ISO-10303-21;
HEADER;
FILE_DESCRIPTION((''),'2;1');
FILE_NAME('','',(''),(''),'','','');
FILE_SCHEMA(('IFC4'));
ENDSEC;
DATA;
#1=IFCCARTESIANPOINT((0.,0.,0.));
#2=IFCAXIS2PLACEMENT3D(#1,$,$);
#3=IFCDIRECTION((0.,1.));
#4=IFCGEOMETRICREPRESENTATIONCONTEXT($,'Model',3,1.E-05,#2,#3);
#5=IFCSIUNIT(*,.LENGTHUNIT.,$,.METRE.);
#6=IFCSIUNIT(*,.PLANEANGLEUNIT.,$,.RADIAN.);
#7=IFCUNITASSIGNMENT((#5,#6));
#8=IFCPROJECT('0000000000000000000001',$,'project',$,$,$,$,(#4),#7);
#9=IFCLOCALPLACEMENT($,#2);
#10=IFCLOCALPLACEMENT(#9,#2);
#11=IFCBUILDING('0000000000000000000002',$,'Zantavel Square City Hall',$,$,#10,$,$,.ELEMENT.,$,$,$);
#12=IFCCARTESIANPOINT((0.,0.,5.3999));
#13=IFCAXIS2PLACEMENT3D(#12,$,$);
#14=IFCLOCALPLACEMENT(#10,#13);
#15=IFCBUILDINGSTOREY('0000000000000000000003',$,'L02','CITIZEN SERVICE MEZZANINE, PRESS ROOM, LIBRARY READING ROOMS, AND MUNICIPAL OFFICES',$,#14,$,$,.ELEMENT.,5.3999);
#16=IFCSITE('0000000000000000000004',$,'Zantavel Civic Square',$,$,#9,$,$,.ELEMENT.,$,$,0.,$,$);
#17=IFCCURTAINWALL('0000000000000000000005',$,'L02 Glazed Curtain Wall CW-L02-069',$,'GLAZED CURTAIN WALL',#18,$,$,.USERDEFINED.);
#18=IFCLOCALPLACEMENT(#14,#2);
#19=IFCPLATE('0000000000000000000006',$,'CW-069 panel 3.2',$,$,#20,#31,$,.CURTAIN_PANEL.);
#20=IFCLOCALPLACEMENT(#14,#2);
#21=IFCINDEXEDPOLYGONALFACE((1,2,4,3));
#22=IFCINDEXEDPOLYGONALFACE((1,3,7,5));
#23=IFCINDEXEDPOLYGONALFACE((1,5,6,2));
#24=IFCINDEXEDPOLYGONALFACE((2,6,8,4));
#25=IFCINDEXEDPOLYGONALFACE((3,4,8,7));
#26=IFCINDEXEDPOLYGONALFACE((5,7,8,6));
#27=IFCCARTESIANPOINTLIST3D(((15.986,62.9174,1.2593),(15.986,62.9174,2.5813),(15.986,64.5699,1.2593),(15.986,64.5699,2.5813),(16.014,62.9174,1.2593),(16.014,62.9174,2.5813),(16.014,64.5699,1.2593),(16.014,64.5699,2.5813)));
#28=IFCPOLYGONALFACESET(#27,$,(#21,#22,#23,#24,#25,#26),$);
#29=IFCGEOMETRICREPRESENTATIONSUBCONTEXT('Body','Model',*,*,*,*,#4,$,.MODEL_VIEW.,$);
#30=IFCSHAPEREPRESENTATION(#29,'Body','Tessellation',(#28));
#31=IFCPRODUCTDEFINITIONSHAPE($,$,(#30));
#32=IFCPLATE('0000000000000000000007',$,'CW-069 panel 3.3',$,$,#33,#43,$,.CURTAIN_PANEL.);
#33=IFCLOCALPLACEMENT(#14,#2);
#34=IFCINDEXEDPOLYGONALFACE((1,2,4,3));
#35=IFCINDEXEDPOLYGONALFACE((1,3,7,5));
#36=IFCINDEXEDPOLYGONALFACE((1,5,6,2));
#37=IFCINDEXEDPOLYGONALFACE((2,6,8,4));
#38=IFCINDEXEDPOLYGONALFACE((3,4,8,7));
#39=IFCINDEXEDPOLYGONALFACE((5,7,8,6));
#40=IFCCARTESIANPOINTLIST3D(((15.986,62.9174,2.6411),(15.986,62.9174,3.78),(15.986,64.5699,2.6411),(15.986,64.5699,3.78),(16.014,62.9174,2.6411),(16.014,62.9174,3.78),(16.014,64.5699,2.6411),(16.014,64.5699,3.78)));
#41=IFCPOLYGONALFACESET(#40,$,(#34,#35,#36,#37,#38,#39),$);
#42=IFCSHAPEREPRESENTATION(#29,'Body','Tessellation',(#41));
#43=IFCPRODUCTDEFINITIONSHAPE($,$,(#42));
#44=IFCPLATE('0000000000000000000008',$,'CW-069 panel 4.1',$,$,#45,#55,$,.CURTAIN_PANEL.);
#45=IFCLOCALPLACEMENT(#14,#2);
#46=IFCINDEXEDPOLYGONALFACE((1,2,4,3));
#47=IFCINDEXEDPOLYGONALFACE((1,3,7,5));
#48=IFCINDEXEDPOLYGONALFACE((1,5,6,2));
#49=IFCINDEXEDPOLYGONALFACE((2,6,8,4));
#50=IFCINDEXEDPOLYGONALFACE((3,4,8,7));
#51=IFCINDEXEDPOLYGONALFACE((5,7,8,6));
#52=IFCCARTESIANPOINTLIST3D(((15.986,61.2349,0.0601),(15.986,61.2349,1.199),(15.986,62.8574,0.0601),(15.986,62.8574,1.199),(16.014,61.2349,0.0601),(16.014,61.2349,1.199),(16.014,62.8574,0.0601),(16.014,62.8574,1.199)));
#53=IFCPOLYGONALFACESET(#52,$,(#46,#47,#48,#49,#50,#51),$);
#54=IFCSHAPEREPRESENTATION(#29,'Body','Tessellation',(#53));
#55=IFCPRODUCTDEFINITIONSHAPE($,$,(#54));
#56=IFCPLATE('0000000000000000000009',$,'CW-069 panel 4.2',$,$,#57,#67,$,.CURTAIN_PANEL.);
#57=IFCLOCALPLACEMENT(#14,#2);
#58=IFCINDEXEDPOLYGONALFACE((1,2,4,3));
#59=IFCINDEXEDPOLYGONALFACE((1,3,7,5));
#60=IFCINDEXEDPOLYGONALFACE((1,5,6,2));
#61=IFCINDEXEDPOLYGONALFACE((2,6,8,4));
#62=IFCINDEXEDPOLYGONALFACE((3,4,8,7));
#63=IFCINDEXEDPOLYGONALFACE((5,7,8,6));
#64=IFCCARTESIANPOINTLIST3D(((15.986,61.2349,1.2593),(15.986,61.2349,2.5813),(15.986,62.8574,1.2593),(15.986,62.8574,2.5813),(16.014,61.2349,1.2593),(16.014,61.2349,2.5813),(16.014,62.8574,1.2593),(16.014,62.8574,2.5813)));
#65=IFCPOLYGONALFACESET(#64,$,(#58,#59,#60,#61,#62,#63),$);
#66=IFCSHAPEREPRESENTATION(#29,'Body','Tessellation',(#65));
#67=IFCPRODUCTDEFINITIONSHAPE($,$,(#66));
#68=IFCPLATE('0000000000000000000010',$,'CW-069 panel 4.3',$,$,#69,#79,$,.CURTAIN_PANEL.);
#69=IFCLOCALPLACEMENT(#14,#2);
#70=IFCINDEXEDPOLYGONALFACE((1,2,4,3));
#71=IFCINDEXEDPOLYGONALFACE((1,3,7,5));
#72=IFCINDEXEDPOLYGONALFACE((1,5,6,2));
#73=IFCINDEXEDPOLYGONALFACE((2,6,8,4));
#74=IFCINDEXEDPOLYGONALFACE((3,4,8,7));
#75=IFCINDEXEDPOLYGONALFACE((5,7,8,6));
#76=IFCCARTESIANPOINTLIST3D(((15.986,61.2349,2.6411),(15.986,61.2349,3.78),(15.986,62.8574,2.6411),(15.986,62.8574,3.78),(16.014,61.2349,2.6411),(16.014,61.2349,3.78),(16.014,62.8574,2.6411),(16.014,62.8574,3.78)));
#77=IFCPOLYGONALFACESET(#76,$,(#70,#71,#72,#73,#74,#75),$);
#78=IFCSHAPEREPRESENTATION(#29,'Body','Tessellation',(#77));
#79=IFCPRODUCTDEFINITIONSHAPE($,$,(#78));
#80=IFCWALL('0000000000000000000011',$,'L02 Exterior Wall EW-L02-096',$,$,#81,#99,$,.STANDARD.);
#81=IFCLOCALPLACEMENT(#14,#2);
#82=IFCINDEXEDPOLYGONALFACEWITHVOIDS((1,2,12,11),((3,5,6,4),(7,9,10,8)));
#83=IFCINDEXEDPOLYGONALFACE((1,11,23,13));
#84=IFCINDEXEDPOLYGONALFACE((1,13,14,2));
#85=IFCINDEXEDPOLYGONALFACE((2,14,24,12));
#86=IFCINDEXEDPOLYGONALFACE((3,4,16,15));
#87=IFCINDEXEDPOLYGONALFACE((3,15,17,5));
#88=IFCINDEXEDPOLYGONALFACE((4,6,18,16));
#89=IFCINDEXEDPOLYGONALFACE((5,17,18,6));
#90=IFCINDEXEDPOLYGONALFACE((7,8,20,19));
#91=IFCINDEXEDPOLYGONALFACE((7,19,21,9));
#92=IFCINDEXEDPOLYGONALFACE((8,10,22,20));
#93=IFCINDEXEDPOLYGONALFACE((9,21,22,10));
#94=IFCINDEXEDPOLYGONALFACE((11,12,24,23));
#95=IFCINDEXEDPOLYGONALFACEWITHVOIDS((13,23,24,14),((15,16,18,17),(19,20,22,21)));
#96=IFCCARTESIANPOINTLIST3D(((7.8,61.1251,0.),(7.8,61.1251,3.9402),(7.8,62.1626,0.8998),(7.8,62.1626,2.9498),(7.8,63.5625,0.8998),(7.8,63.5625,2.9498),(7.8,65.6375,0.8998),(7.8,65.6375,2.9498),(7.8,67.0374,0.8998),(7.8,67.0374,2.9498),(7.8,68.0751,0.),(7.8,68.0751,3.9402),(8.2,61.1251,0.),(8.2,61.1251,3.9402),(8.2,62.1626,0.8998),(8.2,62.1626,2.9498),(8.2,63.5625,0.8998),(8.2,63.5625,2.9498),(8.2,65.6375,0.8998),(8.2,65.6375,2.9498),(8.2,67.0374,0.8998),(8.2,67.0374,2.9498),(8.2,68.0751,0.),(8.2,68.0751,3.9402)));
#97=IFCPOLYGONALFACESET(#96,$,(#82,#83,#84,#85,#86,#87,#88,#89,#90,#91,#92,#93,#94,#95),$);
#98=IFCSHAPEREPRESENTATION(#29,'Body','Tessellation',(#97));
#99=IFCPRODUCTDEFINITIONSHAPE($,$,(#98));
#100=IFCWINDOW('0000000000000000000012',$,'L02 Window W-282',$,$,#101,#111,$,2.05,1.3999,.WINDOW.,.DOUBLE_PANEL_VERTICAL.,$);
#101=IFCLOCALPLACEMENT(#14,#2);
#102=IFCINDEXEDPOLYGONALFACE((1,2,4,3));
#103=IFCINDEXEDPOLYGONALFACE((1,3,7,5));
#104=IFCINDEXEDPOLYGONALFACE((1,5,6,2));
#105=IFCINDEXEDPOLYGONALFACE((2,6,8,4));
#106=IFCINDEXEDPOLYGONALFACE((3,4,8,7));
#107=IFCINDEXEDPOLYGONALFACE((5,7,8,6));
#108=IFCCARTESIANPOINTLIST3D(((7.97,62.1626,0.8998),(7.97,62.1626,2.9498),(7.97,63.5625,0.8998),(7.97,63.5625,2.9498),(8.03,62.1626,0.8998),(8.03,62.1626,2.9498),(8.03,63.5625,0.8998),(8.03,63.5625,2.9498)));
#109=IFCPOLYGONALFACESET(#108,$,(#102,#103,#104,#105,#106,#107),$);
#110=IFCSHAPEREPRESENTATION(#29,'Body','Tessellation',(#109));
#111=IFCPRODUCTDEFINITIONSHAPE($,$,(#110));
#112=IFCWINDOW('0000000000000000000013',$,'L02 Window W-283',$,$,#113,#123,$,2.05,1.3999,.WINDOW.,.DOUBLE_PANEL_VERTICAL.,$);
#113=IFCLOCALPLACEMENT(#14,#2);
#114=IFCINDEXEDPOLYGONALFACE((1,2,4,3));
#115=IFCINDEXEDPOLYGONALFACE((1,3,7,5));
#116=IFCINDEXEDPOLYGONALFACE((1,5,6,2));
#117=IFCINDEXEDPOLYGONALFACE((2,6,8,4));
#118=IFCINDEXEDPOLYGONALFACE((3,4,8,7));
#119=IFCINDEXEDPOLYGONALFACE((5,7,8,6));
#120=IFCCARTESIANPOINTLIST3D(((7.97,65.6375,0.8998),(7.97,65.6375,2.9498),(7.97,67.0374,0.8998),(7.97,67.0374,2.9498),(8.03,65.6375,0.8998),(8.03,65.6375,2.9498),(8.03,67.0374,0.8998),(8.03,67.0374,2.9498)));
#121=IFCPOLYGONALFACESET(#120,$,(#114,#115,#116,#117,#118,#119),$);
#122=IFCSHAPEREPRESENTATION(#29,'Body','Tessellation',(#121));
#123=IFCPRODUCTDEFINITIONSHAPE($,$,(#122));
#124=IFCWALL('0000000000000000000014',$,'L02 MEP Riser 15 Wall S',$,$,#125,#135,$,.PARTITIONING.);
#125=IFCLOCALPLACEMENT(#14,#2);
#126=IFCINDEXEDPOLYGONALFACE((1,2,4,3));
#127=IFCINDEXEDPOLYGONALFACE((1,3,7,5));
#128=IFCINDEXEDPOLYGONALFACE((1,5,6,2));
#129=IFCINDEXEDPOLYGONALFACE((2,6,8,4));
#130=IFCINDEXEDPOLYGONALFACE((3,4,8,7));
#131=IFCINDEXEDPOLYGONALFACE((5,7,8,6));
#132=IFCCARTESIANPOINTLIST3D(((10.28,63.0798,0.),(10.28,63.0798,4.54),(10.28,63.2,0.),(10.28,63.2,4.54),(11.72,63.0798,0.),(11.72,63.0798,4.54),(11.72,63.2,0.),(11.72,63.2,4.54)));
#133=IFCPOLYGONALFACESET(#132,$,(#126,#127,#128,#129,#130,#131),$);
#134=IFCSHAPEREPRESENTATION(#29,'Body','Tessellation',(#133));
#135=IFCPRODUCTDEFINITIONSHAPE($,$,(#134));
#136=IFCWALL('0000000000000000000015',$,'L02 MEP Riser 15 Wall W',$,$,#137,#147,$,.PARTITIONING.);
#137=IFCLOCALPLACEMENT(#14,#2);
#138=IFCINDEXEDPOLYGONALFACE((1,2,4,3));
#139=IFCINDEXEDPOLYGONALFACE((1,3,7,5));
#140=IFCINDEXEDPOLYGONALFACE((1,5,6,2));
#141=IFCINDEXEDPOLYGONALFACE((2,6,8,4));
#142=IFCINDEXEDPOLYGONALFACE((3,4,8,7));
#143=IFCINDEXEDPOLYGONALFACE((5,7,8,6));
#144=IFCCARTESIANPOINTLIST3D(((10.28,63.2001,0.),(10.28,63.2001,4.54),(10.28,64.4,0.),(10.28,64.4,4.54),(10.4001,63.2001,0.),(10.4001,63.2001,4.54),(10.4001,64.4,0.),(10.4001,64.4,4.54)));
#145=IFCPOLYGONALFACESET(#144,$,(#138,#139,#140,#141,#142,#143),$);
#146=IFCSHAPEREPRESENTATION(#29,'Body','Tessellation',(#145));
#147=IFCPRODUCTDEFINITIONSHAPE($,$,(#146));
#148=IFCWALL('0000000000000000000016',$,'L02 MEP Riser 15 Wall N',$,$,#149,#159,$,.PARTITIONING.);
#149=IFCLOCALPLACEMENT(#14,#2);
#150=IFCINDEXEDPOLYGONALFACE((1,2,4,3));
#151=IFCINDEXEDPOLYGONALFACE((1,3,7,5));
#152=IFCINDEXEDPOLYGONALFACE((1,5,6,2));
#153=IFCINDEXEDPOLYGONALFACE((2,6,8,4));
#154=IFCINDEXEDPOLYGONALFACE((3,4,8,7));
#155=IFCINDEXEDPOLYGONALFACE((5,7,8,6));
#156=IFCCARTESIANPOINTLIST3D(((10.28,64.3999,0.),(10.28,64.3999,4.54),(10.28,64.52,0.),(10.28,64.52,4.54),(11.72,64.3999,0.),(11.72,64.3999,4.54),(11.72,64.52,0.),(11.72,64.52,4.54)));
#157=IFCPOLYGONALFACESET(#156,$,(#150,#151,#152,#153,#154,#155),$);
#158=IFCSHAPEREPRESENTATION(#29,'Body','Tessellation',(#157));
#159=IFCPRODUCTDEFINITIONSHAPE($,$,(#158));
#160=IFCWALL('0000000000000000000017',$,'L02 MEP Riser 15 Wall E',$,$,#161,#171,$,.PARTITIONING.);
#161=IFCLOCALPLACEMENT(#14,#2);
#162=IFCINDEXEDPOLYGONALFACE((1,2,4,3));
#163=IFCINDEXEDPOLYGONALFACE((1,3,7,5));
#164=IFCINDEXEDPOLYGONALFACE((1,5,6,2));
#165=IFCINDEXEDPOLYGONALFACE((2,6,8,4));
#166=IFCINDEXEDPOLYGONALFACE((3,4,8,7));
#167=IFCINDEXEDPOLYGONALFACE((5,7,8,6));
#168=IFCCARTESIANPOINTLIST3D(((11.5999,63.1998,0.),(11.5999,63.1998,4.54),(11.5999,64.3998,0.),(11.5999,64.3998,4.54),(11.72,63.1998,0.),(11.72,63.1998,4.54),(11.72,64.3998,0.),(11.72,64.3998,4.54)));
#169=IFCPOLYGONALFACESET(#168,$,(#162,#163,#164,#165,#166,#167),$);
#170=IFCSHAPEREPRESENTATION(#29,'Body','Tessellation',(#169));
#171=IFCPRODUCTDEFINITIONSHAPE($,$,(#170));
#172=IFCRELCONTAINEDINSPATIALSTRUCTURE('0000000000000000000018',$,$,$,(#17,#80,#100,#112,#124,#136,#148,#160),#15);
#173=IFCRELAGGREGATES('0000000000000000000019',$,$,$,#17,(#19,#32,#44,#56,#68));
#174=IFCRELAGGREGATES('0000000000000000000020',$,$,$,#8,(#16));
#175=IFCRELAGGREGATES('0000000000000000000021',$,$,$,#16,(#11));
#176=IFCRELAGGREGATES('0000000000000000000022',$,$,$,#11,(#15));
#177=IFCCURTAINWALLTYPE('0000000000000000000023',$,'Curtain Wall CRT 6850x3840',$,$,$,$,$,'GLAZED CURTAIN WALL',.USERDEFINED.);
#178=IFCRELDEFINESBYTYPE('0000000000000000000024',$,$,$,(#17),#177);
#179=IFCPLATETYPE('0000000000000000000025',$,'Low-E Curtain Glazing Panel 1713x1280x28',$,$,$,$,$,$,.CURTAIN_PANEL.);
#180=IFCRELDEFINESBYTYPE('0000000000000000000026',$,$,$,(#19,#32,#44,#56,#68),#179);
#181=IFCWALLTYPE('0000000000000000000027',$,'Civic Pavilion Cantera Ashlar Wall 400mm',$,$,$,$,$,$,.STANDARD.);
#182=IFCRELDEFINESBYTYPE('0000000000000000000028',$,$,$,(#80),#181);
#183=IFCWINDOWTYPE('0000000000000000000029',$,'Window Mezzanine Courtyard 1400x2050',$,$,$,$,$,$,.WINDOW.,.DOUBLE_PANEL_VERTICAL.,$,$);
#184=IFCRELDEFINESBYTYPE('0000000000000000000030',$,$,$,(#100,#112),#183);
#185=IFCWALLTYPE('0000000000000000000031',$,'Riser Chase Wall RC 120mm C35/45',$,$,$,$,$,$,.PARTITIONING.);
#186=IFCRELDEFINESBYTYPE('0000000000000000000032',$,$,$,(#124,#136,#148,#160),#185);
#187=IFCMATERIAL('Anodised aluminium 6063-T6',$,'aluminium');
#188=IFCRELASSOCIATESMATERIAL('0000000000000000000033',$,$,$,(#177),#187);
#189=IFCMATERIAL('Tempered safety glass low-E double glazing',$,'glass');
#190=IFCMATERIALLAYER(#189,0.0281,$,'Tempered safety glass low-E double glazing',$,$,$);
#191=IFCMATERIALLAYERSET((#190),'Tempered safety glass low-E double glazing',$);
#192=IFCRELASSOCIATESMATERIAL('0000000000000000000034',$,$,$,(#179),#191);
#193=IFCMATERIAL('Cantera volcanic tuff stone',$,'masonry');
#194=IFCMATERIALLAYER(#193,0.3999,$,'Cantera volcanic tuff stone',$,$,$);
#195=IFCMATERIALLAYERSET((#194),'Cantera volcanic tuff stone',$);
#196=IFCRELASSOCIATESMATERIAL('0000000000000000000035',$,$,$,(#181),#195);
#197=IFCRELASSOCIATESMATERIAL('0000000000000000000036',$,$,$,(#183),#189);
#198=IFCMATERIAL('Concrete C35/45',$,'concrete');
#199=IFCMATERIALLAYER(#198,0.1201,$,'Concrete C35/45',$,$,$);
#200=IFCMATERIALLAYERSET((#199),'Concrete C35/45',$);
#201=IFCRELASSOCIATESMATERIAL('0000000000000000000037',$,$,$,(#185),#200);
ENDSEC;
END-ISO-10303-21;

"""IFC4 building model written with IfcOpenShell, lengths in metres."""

from ifc_helpers import new_model, si_unit, direction, frame, frame_2d, origin, origin_2d, place, context, subcontext, project, spatial, rectangle, extrude, material, layer, layer_set, type_object, element, fill, aggregate, save


model = new_model("IFC4")

# Units and contexts
model_context = context("Model", 3, precision=1e-05, world=origin(), true_north=direction((0.0, 1.0)))
body_context = subcontext(model_context, "Body", "Model", "MODEL_VIEW")
ifc_project = project(units=[si_unit("LENGTHUNIT", "METRE"), si_unit("PLANEANGLEUNIT", "RADIAN")], contexts=[model_context])

# Site, building, storey
site_placement = place(None, origin())
site = spatial("IfcSite", under=ifc_project, at=site_placement, Name="Zantavel Civic Square", CompositionType="ELEMENT", RefElevation=0.0)
building_placement = place(site_placement, origin())
building = spatial("IfcBuilding", under=site, at=building_placement, Name="Zantavel Square City Hall", CompositionType="ELEMENT")
storey_placement = place(building_placement, frame((0.0, 0.0, 5.3999)))
storey = spatial("IfcBuildingStorey", under=building, at=storey_placement, Name="L02", Description="CITIZEN SERVICE MEZZANINE, PRESS ROOM, LIBRARY READING ROOMS, AND MUNICIPAL OFFICES", CompositionType="ELEMENT", Elevation=5.3999)

# Curtain wall
ifc_material_1 = material(Name="Anodised aluminium 6063-T6", Category="aluminium")
curtain_wall_type = type_object("IfcCurtainWallType", Name="Curtain Wall CRT 6850x3840", ElementType="GLAZED CURTAIN WALL", PredefinedType="USERDEFINED", material=ifc_material_1)
curtain_wall_placement = place(storey_placement, origin())
curtain_wall = element("IfcCurtainWall", 1, at=curtain_wall_placement, inside=storey, type_object=curtain_wall_type, Name="L02 Glazed Curtain Wall CW-L02-069", ObjectType="GLAZED CURTAIN WALL", PredefinedType="USERDEFINED")

# Shared definitions
ifc_material_2 = material(Name="Concrete C35/45", Category="concrete")

# Plates
ifc_material_3 = material(Name="Tempered safety glass low-E double glazing", Category="glass")
ifc_layer_1 = layer(ifc_material_3, 0.0281, Name="Tempered safety glass low-E double glazing")
ifc_layer_set_1 = layer_set([ifc_layer_1], Name="Tempered safety glass low-E double glazing")
plate_type = type_object("IfcPlateType", Name="Low-E Curtain Glazing Panel 1713x1280x28", PredefinedType="CURTAIN_PANEL", material=ifc_layer_set_1)
plate_1_placement = place(storey_placement, frame((16.0, 63.7437, 1.2593), z_axis=(0.0, 0.0, 1.0), x_axis=(0.0, -1.0, 0.0)))
plate_1 = element("IfcPlate", 2, at=plate_1_placement, type_object=plate_type, Name="CW-069 panel 3.2", PredefinedType="CURTAIN_PANEL", context=body_context, shape_type="SweptSolid", body=[
    extrude(rectangle(XDim=1.6526, YDim=0.0281, at=origin_2d()), origin(), (0.0, 0.0, 1.0), 1.322),
])
plate_2_placement = place(storey_placement, frame((16.0, 63.7437, 2.6411), z_axis=(0.0, 0.0, 1.0), x_axis=(0.0, -1.0, 0.0)))
plate_2 = element("IfcPlate", 3, at=plate_2_placement, type_object=plate_type, Name="CW-069 panel 3.3", PredefinedType="CURTAIN_PANEL", context=body_context, shape_type="SweptSolid", body=[
    extrude(rectangle(XDim=1.6526, YDim=0.0281, at=origin_2d()), origin(), (0.0, 0.0, 1.0), 1.1389),
])
plate_3_placement = place(storey_placement, frame((16.0, 62.0461, 0.0601), z_axis=(0.0, 0.0, 1.0), x_axis=(0.0, -1.0, 0.0)))
plate_3 = element("IfcPlate", 4, at=plate_3_placement, type_object=plate_type, Name="CW-069 panel 4.1", PredefinedType="CURTAIN_PANEL", context=body_context, shape_type="SweptSolid", body=[
    extrude(rectangle(XDim=1.6226, YDim=0.0281, at=origin_2d()), origin(), (0.0, 0.0, 1.0), 1.1389),
])
plate_4_placement = place(storey_placement, frame((16.0, 62.0461, 1.2593), z_axis=(0.0, 0.0, 1.0), x_axis=(0.0, -1.0, 0.0)))
plate_4 = element("IfcPlate", 5, at=plate_4_placement, type_object=plate_type, Name="CW-069 panel 4.2", PredefinedType="CURTAIN_PANEL", context=body_context, shape_type="SweptSolid", body=[
    extrude(rectangle(XDim=1.6226, YDim=0.0281, at=origin_2d()), origin(), (0.0, 0.0, 1.0), 1.322),
])
plate_5_placement = place(storey_placement, frame((16.0, 62.0461, 2.6411), z_axis=(0.0, 0.0, 1.0), x_axis=(0.0, -1.0, 0.0)))
plate_5 = element("IfcPlate", 6, at=plate_5_placement, type_object=plate_type, Name="CW-069 panel 4.3", PredefinedType="CURTAIN_PANEL", context=body_context, shape_type="SweptSolid", body=[
    extrude(rectangle(XDim=1.6226, YDim=0.0281, at=origin_2d()), origin(), (0.0, 0.0, 1.0), 1.1389),
])
aggregate(curtain_wall, [plate_1, plate_2, plate_3, plate_4, plate_5])

# Wall, openings, windows
ifc_material_4 = material(Name="Cantera volcanic tuff stone", Category="masonry")
ifc_layer_2 = layer(ifc_material_4, 0.3999, Name="Cantera volcanic tuff stone")
ifc_layer_set_2 = layer_set([ifc_layer_2], Name="Cantera volcanic tuff stone")
wall_type_1 = type_object("IfcWallType", Name="Civic Pavilion Cantera Ashlar Wall 400mm", PredefinedType="STANDARD", material=ifc_layer_set_2)
wall_1_placement = place(storey_placement, frame((8.0, 61.125, 0.0), z_axis=(0.0, 0.0, 1.0), x_axis=(0.0, 1.0, 0.0)))
wall_1 = element("IfcWall", 7, at=wall_1_placement, inside=storey, type_object=wall_type_1, Name="L02 Exterior Wall EW-L02-096", PredefinedType="STANDARD", context=body_context, shape_type="SweptSolid", body=[
    extrude(rectangle(XDim=6.95, YDim=0.3999, at=frame_2d((3.4751, 0.0))), origin(), (0.0, 0.0, 1.0), 3.9402),
])
opening_1_placement = place(wall_1_placement, frame((1.0376, 0.0, 0.8999)))
opening_1 = element("IfcOpeningElement", 8, at=opening_1_placement, cuts=wall_1, PredefinedType="OPENING", context=body_context, shape_type="SweptSolid", body=[
    extrude(rectangle(XDim=1.3999, YDim=2.05, at=frame_2d((0.7, 1.0249))), frame((0.0, 0.21, 0.0), z_axis=(0.0, -1.0, 0.0), x_axis=(1.0, 0.0, 0.0)), (0.0, 0.0, 1.0), 0.4199),
])
opening_2_placement = place(wall_1_placement, frame((4.5125, 0.0, 0.8999)))
opening_2 = element("IfcOpeningElement", 9, at=opening_2_placement, cuts=wall_1, PredefinedType="OPENING", context=body_context, shape_type="SweptSolid", body=[
    extrude(rectangle(XDim=1.3999, YDim=2.05, at=frame_2d((0.7, 1.0249))), frame((0.0, 0.21, 0.0), z_axis=(0.0, -1.0, 0.0), x_axis=(1.0, 0.0, 0.0)), (0.0, 0.0, 1.0), 0.4199),
])
window_type = type_object("IfcWindowType", Name="Window Mezzanine Courtyard 1400x2050", PartitioningType="DOUBLE_PANEL_VERTICAL", PredefinedType="WINDOW", material=ifc_material_3)
window_1_placement = place(opening_1_placement, origin())
window_1 = element("IfcWindow", 10, at=window_1_placement, inside=storey, type_object=window_type, Name="L02 Window W-282", OverallHeight=2.05, OverallWidth=1.3999, PartitioningType="DOUBLE_PANEL_VERTICAL", PredefinedType="WINDOW", context=body_context, shape_type="SweptSolid", body=[
    extrude(rectangle(XDim=1.3999, YDim=2.05, at=frame_2d((0.7, 1.0249))), frame((0.0, 0.03, 0.0), z_axis=(0.0, -1.0, 0.0), x_axis=(1.0, 0.0, 0.0)), (0.0, 0.0, 1.0), 0.0601),
])
fill(opening_1, window_1)
window_2_placement = place(opening_2_placement, origin())
window_2 = element("IfcWindow", 11, at=window_2_placement, inside=storey, type_object=window_type, Name="L02 Window W-283", OverallHeight=2.05, OverallWidth=1.3999, PartitioningType="DOUBLE_PANEL_VERTICAL", PredefinedType="WINDOW", context=body_context, shape_type="SweptSolid", body=[
    extrude(rectangle(XDim=1.3999, YDim=2.05, at=frame_2d((0.7, 1.0249))), frame((0.0, 0.03, 0.0), z_axis=(0.0, -1.0, 0.0), x_axis=(1.0, 0.0, 0.0)), (0.0, 0.0, 1.0), 0.0601),
])
fill(opening_2, window_2)

# Walls
ifc_layer_3 = layer(ifc_material_2, 0.1201, Name="Concrete C35/45")
ifc_layer_set_3 = layer_set([ifc_layer_3], Name="Concrete C35/45")
wall_type_2 = type_object("IfcWallType", Name="Riser Chase Wall RC 120mm C35/45", PredefinedType="PARTITIONING", material=ifc_layer_set_3)
wall_2_placement = place(storey_placement, frame((11.72, 63.1399, 0.0), z_axis=(0.0, 0.0, 1.0), x_axis=(-1.0, 0.0, 0.0)))
element("IfcWall", 12, at=wall_2_placement, inside=storey, type_object=wall_type_2, Name="L02 MEP Riser 15 Wall S", PredefinedType="PARTITIONING", context=body_context, shape_type="SweptSolid", body=[
    extrude(rectangle(XDim=1.4399, YDim=0.1201, at=frame_2d((0.72, 0.0))), origin(), (0.0, 0.0, 1.0), 4.54),
])
wall_3_placement = place(storey_placement, frame((10.3401, 63.2, 0.0), z_axis=(0.0, 0.0, 1.0), x_axis=(0.0, 1.0, 0.0)))
element("IfcWall", 13, at=wall_3_placement, inside=storey, type_object=wall_type_2, Name="L02 MEP Riser 15 Wall W", PredefinedType="PARTITIONING", context=body_context, shape_type="SweptSolid", body=[
    extrude(rectangle(XDim=1.2, YDim=0.1201, at=frame_2d((0.6001, 0.0))), origin(), (0.0, 0.0, 1.0), 4.54),
])
wall_4_placement = place(storey_placement, frame((10.28, 64.46, 0.0), z_axis=(0.0, 0.0, 1.0), x_axis=(1.0, 0.0, 0.0)))
element("IfcWall", 14, at=wall_4_placement, inside=storey, type_object=wall_type_2, Name="L02 MEP Riser 15 Wall N", PredefinedType="PARTITIONING", context=body_context, shape_type="SweptSolid", body=[
    extrude(rectangle(XDim=1.4399, YDim=0.1201, at=frame_2d((0.72, 0.0))), origin(), (0.0, 0.0, 1.0), 4.54),
])
wall_5_placement = place(storey_placement, frame((11.6599, 64.3999, 0.0), z_axis=(0.0, 0.0, 1.0), x_axis=(0.0, -1.0, 0.0)))
element("IfcWall", 15, at=wall_5_placement, inside=storey, type_object=wall_type_2, Name="L02 MEP Riser 15 Wall E", PredefinedType="PARTITIONING", context=body_context, shape_type="SweptSolid", body=[
    extrude(rectangle(XDim=1.2, YDim=0.1201, at=frame_2d((0.6001, 0.0))), origin(), (0.0, 0.0, 1.0), 4.54),
])

save(model, "model.ifc")
